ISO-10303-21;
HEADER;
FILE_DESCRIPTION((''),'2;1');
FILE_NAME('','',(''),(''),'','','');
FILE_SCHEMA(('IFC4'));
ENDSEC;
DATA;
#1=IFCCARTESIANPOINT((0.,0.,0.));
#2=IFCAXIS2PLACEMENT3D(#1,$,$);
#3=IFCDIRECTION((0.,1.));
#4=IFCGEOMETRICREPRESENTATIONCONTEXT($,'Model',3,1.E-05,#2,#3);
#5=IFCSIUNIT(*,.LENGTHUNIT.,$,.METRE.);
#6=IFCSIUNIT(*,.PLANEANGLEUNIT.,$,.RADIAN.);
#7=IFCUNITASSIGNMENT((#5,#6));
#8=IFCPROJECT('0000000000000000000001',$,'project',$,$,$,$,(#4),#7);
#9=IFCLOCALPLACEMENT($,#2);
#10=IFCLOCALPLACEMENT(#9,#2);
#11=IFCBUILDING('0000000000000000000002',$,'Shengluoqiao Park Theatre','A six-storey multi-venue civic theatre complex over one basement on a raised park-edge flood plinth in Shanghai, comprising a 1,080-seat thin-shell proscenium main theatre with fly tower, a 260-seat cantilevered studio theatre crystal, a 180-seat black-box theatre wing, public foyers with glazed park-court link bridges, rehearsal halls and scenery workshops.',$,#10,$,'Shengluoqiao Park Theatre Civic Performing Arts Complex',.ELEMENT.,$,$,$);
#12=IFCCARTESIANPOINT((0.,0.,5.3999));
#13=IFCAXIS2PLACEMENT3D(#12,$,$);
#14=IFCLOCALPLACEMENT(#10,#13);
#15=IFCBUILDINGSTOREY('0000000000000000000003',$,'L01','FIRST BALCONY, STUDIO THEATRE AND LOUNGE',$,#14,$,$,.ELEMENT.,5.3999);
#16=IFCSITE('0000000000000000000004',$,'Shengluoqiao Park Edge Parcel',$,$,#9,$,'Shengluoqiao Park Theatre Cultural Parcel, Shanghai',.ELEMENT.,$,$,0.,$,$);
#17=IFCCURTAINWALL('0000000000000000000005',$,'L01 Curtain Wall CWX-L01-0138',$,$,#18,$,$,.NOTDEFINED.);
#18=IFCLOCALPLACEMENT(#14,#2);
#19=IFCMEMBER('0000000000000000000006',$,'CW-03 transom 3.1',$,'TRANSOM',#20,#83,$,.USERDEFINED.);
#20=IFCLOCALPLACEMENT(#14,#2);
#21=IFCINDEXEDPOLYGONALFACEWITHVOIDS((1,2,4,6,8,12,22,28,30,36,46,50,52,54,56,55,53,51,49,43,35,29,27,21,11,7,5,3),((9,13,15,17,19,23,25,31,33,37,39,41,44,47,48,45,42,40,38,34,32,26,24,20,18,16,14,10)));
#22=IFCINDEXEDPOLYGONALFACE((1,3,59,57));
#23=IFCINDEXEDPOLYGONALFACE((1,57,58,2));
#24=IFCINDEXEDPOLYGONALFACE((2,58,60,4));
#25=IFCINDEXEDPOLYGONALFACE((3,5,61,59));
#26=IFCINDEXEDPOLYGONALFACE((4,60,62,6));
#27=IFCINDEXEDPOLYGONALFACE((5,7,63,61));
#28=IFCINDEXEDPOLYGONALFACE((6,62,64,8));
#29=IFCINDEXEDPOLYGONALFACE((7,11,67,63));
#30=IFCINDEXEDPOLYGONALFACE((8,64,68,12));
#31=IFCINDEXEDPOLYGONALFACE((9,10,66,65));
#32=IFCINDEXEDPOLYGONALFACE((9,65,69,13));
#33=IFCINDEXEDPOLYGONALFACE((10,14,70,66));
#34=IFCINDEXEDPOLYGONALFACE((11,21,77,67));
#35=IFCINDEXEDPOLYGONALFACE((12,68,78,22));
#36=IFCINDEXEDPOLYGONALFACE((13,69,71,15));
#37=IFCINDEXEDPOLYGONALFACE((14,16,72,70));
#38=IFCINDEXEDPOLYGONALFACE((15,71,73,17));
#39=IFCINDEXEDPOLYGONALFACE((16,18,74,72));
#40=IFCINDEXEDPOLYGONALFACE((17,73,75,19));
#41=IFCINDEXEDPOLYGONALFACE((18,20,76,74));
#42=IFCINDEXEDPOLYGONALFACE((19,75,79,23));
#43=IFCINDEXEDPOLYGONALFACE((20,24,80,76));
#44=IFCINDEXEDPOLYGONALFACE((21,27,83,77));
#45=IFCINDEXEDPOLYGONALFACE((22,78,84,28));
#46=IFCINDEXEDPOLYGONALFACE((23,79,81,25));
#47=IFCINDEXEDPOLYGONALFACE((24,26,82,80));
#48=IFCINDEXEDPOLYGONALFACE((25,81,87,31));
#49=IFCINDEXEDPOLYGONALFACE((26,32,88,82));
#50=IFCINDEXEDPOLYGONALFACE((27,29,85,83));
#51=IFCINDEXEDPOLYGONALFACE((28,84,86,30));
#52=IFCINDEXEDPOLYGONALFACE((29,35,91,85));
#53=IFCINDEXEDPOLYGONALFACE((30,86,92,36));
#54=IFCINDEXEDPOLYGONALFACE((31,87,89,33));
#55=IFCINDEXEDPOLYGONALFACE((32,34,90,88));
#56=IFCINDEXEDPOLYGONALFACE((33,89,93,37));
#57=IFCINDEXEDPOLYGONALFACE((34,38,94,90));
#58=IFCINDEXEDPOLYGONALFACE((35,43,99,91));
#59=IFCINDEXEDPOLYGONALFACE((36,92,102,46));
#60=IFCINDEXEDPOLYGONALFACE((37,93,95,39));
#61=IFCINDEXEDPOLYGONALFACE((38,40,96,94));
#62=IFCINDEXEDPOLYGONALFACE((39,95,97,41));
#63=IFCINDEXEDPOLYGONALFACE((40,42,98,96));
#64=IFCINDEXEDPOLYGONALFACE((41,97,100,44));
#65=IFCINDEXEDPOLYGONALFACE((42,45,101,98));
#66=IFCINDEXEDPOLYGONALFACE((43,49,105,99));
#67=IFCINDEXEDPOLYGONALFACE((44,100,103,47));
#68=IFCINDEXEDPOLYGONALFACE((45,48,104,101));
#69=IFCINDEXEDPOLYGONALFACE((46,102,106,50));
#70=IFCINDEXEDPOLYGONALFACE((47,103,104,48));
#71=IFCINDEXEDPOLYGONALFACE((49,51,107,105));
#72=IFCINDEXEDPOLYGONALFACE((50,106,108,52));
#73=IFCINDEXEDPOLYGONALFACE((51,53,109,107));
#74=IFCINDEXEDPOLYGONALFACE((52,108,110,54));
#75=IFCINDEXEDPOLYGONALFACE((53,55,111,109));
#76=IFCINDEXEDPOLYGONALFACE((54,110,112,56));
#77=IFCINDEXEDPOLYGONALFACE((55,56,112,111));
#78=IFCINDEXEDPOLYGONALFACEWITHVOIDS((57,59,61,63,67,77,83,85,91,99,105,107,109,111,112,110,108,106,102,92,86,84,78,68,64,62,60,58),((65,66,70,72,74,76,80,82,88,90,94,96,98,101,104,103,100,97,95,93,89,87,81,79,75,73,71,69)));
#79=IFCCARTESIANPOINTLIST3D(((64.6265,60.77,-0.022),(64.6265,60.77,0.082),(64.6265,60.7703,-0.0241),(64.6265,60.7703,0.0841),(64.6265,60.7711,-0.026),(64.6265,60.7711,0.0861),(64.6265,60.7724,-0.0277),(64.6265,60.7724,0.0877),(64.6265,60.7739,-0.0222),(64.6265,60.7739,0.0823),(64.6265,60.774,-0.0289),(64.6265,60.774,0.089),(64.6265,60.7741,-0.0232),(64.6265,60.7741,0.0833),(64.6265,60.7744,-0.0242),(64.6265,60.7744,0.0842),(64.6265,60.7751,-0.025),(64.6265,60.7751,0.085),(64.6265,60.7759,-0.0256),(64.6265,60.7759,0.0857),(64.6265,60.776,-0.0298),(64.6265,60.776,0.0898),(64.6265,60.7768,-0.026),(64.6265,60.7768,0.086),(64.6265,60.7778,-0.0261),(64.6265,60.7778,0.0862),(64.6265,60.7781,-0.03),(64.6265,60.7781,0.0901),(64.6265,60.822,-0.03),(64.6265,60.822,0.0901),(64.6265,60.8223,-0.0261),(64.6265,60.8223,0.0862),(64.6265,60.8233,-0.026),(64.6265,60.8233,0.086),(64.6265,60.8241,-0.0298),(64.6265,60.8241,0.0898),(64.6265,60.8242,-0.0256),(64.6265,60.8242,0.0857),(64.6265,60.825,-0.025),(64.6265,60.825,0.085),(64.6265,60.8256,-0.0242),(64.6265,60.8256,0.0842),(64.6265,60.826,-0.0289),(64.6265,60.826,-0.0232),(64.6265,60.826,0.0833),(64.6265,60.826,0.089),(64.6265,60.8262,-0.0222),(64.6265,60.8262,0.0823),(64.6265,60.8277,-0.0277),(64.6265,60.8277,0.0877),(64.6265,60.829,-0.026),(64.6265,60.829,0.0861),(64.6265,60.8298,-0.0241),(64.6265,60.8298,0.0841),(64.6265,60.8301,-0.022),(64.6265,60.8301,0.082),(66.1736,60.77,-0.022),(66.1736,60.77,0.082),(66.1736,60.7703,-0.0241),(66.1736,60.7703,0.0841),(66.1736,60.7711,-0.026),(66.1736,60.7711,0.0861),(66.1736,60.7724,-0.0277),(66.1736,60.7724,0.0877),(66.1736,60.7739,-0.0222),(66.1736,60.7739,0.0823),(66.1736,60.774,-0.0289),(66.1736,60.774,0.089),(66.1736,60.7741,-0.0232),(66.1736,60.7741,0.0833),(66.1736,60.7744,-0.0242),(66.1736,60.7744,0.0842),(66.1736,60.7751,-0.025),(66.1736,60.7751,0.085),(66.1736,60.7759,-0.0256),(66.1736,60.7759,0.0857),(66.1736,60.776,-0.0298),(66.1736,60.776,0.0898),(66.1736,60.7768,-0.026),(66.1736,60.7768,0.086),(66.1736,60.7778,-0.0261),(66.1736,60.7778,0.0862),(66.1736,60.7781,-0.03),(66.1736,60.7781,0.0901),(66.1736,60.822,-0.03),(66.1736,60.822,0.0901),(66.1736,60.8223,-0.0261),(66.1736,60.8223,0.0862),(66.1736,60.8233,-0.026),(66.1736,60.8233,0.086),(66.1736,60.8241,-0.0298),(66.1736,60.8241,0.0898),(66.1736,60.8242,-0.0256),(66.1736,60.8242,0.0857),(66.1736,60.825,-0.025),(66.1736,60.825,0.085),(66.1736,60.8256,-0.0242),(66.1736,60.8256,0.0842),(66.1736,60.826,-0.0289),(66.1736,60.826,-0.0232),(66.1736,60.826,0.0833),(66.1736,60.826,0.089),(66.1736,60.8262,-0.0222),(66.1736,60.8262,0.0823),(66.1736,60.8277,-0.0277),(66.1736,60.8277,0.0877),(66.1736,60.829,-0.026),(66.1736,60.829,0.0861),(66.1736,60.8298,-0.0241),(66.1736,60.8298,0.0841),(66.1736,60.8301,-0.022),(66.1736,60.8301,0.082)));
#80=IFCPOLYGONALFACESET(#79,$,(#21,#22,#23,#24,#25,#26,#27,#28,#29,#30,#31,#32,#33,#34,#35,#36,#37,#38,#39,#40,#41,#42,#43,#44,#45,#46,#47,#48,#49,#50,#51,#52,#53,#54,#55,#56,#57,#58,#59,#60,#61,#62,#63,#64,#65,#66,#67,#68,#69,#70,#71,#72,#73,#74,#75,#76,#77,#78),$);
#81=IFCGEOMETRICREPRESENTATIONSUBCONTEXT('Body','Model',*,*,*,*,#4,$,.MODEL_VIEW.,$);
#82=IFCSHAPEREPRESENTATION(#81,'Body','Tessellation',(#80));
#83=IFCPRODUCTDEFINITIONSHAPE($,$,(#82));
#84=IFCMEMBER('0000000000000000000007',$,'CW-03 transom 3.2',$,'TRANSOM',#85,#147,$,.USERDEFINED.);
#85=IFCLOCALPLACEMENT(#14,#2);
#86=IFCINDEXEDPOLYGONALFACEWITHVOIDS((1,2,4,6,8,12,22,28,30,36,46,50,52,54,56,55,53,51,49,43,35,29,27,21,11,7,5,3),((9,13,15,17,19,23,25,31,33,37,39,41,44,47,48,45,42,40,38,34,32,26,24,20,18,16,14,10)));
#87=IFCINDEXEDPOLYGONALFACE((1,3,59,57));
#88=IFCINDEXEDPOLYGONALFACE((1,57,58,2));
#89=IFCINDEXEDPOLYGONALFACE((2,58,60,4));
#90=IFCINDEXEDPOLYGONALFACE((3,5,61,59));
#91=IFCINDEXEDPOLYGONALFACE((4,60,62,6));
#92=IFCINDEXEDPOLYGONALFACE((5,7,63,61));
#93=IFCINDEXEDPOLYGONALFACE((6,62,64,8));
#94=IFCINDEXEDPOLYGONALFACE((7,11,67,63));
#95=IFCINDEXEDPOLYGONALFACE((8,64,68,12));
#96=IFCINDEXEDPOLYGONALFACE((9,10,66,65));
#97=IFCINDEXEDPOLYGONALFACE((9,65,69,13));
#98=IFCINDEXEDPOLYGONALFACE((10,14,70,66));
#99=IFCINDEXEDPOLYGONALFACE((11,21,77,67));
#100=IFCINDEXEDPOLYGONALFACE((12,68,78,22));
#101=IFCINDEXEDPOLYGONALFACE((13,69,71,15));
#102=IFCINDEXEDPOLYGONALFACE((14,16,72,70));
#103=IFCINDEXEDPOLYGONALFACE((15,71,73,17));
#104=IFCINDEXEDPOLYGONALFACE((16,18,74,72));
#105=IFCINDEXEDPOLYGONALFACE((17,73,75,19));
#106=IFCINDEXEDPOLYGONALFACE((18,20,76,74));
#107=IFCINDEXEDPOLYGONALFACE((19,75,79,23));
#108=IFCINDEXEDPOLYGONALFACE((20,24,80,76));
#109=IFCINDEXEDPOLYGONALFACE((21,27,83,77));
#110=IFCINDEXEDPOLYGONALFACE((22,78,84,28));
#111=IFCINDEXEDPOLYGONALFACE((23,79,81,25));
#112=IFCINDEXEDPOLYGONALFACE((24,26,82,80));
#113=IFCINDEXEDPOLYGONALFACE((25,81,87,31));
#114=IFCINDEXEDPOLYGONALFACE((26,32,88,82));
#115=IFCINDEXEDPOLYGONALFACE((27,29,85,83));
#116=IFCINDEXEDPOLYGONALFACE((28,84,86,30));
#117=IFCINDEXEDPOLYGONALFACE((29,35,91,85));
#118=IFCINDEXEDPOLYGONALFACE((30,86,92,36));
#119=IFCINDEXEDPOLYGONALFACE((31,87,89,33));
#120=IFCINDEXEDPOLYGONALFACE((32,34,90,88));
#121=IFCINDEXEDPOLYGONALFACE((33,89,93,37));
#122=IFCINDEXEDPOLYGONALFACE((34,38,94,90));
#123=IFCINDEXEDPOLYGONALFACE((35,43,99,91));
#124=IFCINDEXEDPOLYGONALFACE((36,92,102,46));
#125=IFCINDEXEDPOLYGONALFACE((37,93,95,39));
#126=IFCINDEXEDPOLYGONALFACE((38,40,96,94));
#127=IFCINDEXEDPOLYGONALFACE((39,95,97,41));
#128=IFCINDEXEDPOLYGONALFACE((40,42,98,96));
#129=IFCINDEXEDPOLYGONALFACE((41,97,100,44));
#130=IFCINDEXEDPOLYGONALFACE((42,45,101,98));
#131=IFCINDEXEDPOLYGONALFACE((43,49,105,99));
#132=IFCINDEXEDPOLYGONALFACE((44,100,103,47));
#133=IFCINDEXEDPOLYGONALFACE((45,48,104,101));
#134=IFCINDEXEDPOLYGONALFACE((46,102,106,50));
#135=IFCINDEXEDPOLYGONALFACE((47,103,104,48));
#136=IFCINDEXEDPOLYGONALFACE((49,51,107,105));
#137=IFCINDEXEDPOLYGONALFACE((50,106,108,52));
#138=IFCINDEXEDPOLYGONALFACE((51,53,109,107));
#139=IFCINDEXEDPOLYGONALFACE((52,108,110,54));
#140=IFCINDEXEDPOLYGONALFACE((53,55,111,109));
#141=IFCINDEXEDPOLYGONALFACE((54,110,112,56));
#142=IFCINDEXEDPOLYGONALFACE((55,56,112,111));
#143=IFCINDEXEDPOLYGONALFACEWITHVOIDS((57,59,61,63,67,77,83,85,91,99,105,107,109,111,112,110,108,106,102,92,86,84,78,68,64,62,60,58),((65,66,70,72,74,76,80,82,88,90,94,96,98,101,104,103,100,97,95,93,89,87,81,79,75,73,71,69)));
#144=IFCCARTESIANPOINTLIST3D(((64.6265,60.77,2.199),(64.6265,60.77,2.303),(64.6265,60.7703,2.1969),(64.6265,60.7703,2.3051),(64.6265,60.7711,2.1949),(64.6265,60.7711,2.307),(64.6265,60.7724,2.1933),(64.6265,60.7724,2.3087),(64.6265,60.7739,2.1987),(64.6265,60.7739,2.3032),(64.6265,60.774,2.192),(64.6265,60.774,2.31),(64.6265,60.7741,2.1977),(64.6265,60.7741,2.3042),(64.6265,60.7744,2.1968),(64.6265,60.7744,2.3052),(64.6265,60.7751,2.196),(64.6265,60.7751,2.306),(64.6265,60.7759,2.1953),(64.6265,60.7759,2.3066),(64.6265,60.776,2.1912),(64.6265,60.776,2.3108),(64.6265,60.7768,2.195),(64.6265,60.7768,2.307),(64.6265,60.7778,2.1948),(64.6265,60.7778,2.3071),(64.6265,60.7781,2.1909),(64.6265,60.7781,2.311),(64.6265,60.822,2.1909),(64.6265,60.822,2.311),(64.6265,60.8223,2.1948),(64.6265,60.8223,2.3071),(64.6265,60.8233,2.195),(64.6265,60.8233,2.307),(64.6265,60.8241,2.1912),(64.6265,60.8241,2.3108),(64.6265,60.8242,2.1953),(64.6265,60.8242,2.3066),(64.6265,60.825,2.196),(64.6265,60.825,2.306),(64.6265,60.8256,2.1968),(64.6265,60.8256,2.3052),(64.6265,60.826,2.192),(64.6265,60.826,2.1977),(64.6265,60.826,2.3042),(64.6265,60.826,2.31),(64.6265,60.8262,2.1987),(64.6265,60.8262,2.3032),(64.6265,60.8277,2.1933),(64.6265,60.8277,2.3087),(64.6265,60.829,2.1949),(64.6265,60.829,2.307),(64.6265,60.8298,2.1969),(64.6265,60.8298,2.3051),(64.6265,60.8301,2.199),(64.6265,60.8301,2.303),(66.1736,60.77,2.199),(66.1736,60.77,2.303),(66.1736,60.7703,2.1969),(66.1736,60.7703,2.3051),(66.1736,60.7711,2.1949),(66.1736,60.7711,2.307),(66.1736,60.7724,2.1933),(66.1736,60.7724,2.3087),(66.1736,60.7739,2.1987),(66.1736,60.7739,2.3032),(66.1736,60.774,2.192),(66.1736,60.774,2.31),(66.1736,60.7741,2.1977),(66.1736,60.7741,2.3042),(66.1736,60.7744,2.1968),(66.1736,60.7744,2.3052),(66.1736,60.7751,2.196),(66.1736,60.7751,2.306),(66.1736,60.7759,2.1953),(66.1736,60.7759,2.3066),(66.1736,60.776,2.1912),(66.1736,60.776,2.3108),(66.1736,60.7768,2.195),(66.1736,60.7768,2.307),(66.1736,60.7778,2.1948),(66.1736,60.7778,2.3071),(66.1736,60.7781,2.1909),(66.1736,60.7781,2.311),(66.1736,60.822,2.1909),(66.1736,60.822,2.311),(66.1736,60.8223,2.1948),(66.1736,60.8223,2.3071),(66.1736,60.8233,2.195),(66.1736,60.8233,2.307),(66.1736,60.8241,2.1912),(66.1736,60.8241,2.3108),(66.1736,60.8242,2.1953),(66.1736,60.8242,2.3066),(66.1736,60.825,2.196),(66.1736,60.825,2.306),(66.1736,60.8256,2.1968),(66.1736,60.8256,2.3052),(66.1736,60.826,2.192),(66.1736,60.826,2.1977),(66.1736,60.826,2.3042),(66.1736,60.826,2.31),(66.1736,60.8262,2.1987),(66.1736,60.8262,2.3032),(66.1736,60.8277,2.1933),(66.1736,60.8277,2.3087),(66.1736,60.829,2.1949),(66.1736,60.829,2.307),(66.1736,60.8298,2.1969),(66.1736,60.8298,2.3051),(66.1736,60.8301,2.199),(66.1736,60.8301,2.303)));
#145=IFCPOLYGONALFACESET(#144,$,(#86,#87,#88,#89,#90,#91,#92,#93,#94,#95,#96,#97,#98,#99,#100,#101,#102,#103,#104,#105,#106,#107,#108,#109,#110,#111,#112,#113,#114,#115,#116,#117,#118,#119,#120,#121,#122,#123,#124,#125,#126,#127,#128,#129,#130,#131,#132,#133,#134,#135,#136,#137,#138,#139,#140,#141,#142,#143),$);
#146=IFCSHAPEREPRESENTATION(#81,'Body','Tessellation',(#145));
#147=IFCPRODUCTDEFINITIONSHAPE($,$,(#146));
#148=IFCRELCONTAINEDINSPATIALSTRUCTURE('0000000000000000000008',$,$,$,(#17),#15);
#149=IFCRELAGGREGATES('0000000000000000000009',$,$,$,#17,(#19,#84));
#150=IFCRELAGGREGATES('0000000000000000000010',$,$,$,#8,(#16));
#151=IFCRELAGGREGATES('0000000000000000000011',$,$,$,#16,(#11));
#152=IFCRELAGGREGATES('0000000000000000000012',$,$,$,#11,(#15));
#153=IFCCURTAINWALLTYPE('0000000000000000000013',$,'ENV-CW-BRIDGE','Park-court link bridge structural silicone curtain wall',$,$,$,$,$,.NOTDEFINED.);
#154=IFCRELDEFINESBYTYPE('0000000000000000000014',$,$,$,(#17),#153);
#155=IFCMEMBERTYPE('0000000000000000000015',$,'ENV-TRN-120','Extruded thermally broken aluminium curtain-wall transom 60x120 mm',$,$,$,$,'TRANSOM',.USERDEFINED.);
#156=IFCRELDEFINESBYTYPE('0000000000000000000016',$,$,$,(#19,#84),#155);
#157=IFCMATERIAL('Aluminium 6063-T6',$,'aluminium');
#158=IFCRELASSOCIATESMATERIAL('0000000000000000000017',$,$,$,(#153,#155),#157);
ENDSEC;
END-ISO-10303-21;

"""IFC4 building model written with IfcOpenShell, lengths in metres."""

from ifc_helpers import new_model, si_unit, direction, frame, origin, origin_2d, place, context, subcontext, project, spatial, hollow_rectangle, extrude, material, material_profile, profile_set, type_object, element, aggregate, save


model = new_model("IFC4")

# Units and contexts
model_context = context("Model", 3, precision=1e-05, world=origin(), true_north=direction((0.0, 1.0)))
body_context = subcontext(model_context, "Body", "Model", "MODEL_VIEW")
ifc_project = project(units=[si_unit("LENGTHUNIT", "METRE"), si_unit("PLANEANGLEUNIT", "RADIAN")], contexts=[model_context])

# Site, building, storey
site_placement = place(None, origin())
site = spatial("IfcSite", under=ifc_project, at=site_placement, Name="Shengluoqiao Park Edge Parcel", LongName="Shengluoqiao Park Theatre Cultural Parcel, Shanghai", CompositionType="ELEMENT", RefElevation=0.0)
building_placement = place(site_placement, origin())
building = spatial("IfcBuilding", under=site, at=building_placement, Name="Shengluoqiao Park Theatre", Description="A six-storey multi-venue civic theatre complex over one basement on a raised park-edge flood plinth in Shanghai, comprising a 1,080-seat thin-shell proscenium main theatre with fly tower, a 260-seat cantilevered studio theatre crystal, a 180-seat black-box theatre wing, public foyers with glazed park-court link bridges, rehearsal halls and scenery workshops.", LongName="Shengluoqiao Park Theatre Civic Performing Arts Complex", CompositionType="ELEMENT")
storey_placement = place(building_placement, frame((0.0, 0.0, 5.3999)))
storey = spatial("IfcBuildingStorey", under=building, at=storey_placement, Name="L01", Description="FIRST BALCONY, STUDIO THEATRE AND LOUNGE", CompositionType="ELEMENT", Elevation=5.3999)

# Curtain wall
ifc_material_1 = material(Name="Aluminium 6063-T6", Category="aluminium")
curtain_wall_type_1 = type_object("IfcCurtainWallType", Name="ENV-CW-BRIDGE", Description="Park-court link bridge structural silicone curtain wall", PredefinedType="NOTDEFINED", material=ifc_material_1)
curtain_wall_1_placement = place(storey_placement, origin())
curtain_wall_1 = element("IfcCurtainWall", 1, at=curtain_wall_1_placement, inside=storey, type_object=curtain_wall_type_1, Name="L01 Curtain Wall CWX-L01-0138", PredefinedType="NOTDEFINED")

# Members
ifc_material_profile_1 = material_profile(ifc_material_1, hollow_rectangle(XDim=0.0601, YDim=0.1201, WallThickness=0.0039, InnerFilletRadius=0.0039, OuterFilletRadius=0.0081, at=origin_2d()), Name="ALU TRANSOM 120x60x4")
ifc_profile_set_1 = profile_set([ifc_material_profile_1], Name="Aluminium 6063-T6")
member_type_1 = type_object("IfcMemberType", Name="ENV-TRN-120", Description="Extruded thermally broken aluminium curtain-wall transom 60x120 mm", ElementType="TRANSOM", PredefinedType="USERDEFINED", material=ifc_profile_set_1)
member_1_placement = place(storey_placement, frame((64.6265, 60.8, 0.03), z_axis=(1.0, 0.0, 0.0), x_axis=(0.0, 1.0, 0.0)))
member_1 = element("IfcMember", 2, at=member_1_placement, type_object=member_type_1, Name="CW-03 transom 3.1", ObjectType="TRANSOM", PredefinedType="USERDEFINED", context=body_context, shape_type="SweptSolid", body=[
    extrude(hollow_rectangle(XDim=0.0601, YDim=0.1201, WallThickness=0.0039, InnerFilletRadius=0.0039, OuterFilletRadius=0.0081, at=origin_2d()), origin(), (0.0, 0.0, 1.0), 1.5471),
])
member_2_placement = place(storey_placement, frame((64.6265, 60.8, 2.251), z_axis=(1.0, 0.0, 0.0), x_axis=(0.0, 1.0, 0.0)))
member_2 = element("IfcMember", 3, at=member_2_placement, type_object=member_type_1, Name="CW-03 transom 3.2", ObjectType="TRANSOM", PredefinedType="USERDEFINED", context=body_context, shape_type="SweptSolid", body=[
    extrude(hollow_rectangle(XDim=0.0601, YDim=0.1201, WallThickness=0.0039, InnerFilletRadius=0.0039, OuterFilletRadius=0.0081, at=origin_2d()), origin(), (0.0, 0.0, 1.0), 1.5471),
])

aggregate(curtain_wall_1, [member_1, member_2])

save(model, "model.ifc")
